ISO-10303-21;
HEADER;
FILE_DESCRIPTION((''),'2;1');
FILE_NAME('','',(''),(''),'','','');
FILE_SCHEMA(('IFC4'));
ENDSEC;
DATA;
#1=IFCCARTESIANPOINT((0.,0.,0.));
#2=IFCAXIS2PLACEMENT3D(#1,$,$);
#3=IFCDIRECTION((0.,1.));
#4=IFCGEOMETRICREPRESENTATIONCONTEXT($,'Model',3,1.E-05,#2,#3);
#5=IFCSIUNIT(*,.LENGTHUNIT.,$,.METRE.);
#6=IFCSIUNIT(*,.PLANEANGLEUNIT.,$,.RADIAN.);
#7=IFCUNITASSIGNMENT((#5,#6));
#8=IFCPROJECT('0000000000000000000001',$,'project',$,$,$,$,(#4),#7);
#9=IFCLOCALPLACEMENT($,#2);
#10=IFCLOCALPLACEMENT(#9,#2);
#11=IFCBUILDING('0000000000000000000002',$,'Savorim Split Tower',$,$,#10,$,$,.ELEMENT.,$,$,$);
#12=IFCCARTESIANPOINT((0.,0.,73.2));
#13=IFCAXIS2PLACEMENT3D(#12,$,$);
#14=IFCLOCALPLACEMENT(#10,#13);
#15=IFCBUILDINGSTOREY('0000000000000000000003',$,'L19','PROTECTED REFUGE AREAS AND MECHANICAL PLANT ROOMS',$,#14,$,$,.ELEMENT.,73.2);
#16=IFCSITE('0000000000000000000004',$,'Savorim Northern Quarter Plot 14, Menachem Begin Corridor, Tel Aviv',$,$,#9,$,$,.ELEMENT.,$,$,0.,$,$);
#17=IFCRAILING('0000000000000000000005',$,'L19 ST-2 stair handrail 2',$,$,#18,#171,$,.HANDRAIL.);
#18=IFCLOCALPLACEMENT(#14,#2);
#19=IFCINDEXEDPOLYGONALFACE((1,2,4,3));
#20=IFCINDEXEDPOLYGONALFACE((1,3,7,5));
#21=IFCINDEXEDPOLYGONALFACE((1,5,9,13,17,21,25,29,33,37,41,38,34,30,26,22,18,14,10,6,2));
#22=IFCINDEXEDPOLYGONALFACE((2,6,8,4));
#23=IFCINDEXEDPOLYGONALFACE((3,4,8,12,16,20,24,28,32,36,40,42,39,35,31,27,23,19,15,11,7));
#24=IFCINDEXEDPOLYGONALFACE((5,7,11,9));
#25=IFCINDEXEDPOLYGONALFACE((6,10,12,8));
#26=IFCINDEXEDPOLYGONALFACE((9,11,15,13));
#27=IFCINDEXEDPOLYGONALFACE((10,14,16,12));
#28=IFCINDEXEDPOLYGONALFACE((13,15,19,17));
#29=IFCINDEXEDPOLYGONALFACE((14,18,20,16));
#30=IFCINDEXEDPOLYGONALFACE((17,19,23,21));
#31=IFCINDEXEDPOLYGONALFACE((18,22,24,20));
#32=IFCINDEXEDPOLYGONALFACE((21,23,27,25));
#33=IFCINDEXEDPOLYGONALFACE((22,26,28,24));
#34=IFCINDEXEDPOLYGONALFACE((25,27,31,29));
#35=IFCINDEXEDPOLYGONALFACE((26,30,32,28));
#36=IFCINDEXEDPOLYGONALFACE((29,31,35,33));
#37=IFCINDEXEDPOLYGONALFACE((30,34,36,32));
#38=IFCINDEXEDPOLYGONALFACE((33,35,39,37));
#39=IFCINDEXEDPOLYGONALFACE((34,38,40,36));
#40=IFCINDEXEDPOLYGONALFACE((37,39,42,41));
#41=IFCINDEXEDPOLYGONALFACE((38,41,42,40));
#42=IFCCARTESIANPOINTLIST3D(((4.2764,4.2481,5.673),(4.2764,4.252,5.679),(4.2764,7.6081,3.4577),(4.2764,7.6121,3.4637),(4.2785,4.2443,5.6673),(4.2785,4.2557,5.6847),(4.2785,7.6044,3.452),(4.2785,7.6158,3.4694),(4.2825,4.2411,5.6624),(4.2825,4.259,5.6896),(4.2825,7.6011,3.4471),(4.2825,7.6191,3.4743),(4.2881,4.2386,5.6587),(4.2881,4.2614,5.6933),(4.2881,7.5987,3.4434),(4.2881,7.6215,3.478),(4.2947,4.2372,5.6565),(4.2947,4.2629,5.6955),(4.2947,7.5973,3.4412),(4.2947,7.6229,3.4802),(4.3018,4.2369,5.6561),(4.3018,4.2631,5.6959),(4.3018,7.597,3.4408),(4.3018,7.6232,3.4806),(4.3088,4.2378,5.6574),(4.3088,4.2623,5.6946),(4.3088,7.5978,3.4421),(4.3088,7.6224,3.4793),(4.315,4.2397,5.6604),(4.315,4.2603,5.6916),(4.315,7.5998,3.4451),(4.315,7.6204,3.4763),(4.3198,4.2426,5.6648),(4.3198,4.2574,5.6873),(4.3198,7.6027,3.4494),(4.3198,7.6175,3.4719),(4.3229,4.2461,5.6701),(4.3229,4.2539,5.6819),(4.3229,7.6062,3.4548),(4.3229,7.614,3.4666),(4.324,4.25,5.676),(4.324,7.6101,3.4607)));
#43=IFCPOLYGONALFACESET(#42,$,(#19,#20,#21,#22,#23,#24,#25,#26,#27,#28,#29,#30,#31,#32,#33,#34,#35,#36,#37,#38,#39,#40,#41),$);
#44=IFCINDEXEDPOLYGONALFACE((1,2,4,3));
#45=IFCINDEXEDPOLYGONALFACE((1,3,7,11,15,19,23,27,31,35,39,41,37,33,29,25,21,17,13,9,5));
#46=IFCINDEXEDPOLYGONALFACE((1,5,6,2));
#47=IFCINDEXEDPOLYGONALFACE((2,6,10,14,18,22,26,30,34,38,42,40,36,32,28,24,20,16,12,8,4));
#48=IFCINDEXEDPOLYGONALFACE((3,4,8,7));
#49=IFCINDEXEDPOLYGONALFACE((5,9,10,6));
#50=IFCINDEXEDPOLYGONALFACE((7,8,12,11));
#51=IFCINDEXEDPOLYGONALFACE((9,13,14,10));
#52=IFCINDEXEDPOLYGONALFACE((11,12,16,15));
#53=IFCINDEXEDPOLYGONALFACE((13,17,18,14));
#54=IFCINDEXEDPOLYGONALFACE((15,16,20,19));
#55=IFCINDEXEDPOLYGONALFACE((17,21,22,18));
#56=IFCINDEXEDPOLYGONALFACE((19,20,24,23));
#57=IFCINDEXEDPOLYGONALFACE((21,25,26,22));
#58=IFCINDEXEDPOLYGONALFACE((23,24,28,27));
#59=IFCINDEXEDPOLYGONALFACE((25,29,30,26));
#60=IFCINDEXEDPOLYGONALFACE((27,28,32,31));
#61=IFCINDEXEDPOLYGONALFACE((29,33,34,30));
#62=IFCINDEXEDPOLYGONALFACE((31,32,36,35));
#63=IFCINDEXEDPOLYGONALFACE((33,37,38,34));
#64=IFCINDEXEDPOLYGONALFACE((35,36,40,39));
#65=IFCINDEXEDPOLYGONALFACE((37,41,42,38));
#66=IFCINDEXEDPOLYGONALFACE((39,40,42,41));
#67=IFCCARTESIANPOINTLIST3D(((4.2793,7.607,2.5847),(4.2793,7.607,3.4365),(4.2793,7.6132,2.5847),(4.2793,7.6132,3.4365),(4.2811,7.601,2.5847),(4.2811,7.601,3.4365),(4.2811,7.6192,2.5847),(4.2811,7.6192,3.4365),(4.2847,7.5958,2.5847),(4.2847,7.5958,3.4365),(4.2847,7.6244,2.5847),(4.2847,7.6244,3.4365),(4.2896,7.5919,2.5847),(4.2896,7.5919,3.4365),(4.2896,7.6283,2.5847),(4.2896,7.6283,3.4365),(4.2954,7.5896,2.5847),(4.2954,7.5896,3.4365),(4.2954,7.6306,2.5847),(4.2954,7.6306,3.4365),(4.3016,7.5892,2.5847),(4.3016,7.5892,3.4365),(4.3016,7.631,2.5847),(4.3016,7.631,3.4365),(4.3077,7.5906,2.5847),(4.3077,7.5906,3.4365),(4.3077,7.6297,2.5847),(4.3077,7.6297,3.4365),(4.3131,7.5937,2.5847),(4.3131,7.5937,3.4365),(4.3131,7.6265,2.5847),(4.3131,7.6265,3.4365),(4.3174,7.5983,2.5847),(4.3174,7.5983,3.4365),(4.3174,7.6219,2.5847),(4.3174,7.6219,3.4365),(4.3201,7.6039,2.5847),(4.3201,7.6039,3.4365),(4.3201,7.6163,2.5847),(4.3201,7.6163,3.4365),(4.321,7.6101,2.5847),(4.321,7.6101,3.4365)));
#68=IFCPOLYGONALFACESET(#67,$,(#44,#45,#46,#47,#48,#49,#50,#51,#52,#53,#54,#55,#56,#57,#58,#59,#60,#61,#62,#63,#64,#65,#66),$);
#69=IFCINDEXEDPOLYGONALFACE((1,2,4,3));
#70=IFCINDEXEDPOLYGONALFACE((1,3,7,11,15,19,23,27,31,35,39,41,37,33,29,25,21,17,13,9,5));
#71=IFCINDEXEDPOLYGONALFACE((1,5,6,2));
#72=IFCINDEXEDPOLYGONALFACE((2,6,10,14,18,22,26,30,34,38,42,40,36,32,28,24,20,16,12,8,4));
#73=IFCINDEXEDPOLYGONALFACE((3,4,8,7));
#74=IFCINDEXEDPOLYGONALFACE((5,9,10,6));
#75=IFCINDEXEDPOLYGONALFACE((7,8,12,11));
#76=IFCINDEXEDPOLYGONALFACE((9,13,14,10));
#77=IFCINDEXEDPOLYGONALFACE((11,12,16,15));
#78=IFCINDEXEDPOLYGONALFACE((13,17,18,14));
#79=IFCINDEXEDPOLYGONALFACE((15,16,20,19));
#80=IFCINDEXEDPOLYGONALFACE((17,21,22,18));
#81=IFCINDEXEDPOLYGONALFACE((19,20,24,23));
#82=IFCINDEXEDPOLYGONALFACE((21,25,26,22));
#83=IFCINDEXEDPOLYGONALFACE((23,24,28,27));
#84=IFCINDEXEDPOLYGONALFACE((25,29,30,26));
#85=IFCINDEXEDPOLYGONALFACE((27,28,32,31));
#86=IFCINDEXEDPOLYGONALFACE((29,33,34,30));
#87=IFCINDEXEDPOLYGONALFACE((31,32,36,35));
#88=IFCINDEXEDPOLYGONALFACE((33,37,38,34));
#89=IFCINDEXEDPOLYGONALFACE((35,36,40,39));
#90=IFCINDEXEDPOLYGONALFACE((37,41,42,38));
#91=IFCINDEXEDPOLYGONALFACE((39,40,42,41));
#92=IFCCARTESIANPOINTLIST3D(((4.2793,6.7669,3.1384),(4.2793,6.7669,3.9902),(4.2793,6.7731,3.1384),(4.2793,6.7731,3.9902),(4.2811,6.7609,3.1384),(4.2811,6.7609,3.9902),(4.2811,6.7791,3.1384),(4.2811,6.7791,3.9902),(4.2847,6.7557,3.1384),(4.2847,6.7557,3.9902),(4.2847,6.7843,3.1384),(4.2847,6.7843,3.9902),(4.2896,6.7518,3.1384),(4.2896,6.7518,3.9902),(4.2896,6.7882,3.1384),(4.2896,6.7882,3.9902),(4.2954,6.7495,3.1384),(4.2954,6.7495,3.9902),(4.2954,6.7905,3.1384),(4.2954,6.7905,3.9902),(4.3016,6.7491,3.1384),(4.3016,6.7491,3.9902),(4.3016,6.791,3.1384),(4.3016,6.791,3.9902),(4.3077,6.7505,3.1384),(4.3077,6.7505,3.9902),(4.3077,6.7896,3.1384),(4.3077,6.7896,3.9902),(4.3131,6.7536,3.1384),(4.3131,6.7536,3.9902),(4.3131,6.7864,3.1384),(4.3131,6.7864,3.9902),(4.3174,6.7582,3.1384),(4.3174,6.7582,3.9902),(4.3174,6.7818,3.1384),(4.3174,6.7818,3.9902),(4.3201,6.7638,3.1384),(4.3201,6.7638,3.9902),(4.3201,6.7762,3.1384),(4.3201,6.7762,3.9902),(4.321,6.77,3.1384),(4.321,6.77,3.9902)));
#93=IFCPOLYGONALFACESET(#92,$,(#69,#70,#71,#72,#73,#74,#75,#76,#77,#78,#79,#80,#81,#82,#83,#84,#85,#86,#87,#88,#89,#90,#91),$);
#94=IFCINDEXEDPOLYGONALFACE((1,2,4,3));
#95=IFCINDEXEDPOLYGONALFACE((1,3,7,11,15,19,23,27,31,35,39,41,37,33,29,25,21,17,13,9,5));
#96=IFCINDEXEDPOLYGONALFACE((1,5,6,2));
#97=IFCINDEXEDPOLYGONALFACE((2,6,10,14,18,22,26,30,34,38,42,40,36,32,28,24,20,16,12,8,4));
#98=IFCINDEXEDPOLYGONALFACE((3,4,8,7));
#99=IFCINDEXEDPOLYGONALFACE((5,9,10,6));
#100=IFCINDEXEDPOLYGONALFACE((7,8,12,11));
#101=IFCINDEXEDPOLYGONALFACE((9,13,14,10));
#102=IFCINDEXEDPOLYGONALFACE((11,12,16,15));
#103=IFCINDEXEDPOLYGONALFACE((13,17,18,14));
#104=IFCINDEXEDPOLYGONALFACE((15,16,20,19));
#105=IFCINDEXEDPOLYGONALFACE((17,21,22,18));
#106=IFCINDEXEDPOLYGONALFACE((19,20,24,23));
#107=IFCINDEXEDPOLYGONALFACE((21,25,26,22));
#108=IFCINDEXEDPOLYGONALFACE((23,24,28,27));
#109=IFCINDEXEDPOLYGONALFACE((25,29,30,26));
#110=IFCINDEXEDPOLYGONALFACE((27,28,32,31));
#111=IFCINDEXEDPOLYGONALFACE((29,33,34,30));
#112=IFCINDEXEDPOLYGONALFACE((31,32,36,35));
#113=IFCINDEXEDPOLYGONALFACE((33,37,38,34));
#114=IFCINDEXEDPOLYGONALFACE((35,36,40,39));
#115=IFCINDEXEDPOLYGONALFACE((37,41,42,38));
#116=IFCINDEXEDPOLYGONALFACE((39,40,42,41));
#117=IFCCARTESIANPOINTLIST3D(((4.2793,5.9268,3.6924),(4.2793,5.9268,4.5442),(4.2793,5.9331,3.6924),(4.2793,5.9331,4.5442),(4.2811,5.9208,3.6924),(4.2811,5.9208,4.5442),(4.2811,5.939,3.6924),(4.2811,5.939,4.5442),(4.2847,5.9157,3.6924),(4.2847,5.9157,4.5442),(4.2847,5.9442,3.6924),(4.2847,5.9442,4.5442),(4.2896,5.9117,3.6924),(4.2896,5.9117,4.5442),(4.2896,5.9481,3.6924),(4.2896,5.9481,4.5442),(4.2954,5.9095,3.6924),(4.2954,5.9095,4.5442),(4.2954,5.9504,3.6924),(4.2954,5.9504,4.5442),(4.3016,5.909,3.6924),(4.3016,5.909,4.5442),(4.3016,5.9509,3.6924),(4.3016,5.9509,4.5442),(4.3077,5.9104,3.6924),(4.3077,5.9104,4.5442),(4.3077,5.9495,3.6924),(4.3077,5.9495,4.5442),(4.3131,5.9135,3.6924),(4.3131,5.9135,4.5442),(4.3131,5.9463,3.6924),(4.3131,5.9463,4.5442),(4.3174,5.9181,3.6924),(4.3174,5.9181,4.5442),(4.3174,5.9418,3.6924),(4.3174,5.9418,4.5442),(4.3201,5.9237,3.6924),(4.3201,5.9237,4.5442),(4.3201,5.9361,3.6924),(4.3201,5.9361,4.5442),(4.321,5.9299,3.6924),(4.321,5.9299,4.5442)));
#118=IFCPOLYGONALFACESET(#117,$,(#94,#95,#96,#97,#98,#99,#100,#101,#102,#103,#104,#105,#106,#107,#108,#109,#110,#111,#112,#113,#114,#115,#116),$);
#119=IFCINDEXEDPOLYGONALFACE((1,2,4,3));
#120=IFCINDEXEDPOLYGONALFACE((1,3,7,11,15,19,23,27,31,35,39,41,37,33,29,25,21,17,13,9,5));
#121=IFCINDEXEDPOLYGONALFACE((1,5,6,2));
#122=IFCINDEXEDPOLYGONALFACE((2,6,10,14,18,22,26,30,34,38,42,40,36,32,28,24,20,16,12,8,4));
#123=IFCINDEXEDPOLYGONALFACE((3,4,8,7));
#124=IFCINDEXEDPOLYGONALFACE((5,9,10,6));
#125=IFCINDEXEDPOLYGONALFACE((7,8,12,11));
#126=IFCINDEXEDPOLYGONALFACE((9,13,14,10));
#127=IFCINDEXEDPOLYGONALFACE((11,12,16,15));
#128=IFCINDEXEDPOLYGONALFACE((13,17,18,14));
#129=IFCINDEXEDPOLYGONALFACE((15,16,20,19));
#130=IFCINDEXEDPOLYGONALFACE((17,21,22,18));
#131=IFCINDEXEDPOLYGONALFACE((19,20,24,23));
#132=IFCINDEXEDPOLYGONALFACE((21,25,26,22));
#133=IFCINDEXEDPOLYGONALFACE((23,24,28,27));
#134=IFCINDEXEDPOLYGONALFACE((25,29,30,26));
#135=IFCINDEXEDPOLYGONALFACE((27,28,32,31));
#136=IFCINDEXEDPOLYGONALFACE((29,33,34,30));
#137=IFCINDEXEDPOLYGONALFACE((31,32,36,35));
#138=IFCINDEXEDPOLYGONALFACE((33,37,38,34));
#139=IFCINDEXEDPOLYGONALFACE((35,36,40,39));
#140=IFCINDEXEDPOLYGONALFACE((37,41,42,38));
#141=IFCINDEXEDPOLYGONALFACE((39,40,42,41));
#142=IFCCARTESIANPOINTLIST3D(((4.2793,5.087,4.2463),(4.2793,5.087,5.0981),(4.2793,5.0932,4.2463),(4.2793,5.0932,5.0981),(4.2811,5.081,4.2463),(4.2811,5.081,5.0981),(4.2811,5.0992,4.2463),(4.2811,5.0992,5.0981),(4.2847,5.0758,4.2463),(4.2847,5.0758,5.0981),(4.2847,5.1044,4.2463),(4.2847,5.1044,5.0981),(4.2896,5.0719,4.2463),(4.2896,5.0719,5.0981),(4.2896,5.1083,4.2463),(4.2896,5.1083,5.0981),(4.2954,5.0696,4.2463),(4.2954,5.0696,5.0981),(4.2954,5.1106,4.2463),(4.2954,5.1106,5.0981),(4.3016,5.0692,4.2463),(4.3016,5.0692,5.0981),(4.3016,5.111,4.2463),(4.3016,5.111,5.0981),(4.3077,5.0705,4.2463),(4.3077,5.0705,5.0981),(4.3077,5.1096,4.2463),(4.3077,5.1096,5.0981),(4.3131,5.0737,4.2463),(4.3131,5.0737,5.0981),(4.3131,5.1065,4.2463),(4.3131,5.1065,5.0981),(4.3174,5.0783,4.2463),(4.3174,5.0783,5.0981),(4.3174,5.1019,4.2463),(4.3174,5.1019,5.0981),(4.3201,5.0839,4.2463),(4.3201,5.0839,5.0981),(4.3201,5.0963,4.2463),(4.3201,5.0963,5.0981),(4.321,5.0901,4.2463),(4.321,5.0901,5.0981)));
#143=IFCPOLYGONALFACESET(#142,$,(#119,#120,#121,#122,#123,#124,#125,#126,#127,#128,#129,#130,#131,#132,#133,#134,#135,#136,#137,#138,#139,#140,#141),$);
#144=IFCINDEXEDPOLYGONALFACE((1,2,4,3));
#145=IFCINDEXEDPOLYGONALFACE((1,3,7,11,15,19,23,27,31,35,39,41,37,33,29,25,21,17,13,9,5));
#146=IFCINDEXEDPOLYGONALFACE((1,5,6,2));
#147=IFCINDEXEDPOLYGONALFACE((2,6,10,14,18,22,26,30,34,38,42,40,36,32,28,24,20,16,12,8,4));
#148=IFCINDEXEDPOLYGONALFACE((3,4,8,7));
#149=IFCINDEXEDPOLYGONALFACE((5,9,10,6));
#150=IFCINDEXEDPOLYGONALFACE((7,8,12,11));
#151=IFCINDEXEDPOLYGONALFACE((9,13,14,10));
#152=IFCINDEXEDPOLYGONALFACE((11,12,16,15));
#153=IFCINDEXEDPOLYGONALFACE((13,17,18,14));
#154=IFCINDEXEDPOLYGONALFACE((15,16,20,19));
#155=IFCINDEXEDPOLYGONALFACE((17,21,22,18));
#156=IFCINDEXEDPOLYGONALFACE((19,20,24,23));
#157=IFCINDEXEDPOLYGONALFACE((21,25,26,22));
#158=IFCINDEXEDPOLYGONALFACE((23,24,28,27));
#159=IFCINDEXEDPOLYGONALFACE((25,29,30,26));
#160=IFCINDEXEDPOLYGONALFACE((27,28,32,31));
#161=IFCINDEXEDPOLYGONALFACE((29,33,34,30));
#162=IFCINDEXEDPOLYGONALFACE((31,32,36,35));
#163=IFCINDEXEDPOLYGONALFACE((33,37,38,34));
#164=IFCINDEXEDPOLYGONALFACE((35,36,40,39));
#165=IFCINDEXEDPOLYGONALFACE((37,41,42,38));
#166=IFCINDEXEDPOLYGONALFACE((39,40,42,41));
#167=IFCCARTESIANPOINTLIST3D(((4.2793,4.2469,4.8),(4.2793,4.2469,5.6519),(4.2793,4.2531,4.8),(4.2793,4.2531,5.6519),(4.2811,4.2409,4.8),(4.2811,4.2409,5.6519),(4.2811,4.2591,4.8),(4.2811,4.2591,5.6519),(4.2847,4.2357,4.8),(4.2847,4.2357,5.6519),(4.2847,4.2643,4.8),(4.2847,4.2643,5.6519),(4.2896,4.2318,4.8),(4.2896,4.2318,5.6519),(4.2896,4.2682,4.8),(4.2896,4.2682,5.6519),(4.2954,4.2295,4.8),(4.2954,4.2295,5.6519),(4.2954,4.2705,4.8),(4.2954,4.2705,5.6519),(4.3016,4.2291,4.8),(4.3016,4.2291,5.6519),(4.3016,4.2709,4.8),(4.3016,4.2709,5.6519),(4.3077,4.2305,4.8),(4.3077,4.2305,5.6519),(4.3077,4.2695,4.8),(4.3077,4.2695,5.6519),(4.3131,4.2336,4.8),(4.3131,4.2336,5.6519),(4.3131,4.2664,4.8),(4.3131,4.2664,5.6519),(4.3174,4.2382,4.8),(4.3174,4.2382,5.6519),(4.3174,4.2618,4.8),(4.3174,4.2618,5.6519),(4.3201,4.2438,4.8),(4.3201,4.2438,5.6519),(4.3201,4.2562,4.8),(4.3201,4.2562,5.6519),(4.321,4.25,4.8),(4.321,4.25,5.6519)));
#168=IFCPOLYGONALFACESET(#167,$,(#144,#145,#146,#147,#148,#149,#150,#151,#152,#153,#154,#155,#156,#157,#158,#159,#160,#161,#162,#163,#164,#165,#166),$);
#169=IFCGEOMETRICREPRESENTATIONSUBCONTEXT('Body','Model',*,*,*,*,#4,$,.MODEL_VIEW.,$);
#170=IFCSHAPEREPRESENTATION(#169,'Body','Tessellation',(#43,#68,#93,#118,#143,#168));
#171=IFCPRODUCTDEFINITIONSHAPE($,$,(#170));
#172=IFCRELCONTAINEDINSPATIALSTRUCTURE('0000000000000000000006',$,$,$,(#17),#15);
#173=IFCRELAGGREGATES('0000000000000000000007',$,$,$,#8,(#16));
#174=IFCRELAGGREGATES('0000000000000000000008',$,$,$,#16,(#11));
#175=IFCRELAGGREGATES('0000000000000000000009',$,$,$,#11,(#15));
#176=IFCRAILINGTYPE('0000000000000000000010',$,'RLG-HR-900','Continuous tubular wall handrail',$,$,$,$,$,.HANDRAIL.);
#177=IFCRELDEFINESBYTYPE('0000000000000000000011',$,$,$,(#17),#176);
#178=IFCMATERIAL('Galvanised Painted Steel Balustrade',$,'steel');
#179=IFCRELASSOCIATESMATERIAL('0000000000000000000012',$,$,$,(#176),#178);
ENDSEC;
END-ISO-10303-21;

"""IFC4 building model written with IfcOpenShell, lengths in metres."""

from ifc_helpers import new_model, si_unit, direction, frame, origin, origin_2d, place, context, subcontext, project, spatial, circle, extrude, material, type_object, element, save


model = new_model("IFC4")

# Units and contexts
model_context = context("Model", 3, precision=1e-05, world=origin(), true_north=direction((0.0, 1.0)))
body_context = subcontext(model_context, "Body", "Model", "MODEL_VIEW")
ifc_project = project(units=[si_unit("LENGTHUNIT", "METRE"), si_unit("PLANEANGLEUNIT", "RADIAN")], contexts=[model_context])

# Site, building, storey
site_placement = place(None, origin())
site = spatial("IfcSite", under=ifc_project, at=site_placement, Name="Savorim Northern Quarter Plot 14, Menachem Begin Corridor, Tel Aviv", CompositionType="ELEMENT", RefElevation=0.0)
building_placement = place(site_placement, origin())
building = spatial("IfcBuilding", under=site, at=building_placement, Name="Savorim Split Tower", CompositionType="ELEMENT")
storey_placement = place(building_placement, frame((0.0, 0.0, 73.2)))
storey = spatial("IfcBuildingStorey", under=building, at=storey_placement, Name="L19", Description="PROTECTED REFUGE AREAS AND MECHANICAL PLANT ROOMS", CompositionType="ELEMENT", Elevation=73.2)

# Shared definitions
ifc_material_1 = material(Name="Galvanised Painted Steel Balustrade", Category="steel")

# Railing
railing_type_1 = type_object("IfcRailingType", Name="RLG-HR-900", Description="Continuous tubular wall handrail", PredefinedType="HANDRAIL", material=ifc_material_1)
railing_1_placement = place(storey_placement, frame((4.3, 7.6101, 2.5847)))
element("IfcRailing", 1, at=railing_1_placement, inside=storey, type_object=railing_type_1, Name="L19 ST-2 stair handrail 2", PredefinedType="HANDRAIL", context=body_context, shape_type="SweptSolid", body=[
    extrude(circle(Radius=0.0239, at=origin_2d()), frame((0.0, 0.0, 0.876), z_axis=(0.0, -0.834876, 0.550437), x_axis=(1.0, 0.0, 0.0)), (0.0, 0.0, 1.0), 4.0247),
    extrude(circle(Radius=0.021, at=origin_2d()), origin(), (0.0, 0.0, 1.0), 0.8518),
    extrude(circle(Radius=0.021, at=origin_2d()), frame((0.0, -0.8401, 0.5537)), (0.0, 0.0, 1.0), 0.8518),
    extrude(circle(Radius=0.021, at=origin_2d()), frame((0.0, -1.6802, 1.1077)), (0.0, 0.0, 1.0), 0.8518),
    extrude(circle(Radius=0.021, at=origin_2d()), frame((0.0, -2.52, 1.6616)), (0.0, 0.0, 1.0), 0.8518),
    extrude(circle(Radius=0.021, at=origin_2d()), frame((0.0, -3.3601, 2.2153)), (0.0, 0.0, 1.0), 0.8518),
])

save(model, "model.ifc")
